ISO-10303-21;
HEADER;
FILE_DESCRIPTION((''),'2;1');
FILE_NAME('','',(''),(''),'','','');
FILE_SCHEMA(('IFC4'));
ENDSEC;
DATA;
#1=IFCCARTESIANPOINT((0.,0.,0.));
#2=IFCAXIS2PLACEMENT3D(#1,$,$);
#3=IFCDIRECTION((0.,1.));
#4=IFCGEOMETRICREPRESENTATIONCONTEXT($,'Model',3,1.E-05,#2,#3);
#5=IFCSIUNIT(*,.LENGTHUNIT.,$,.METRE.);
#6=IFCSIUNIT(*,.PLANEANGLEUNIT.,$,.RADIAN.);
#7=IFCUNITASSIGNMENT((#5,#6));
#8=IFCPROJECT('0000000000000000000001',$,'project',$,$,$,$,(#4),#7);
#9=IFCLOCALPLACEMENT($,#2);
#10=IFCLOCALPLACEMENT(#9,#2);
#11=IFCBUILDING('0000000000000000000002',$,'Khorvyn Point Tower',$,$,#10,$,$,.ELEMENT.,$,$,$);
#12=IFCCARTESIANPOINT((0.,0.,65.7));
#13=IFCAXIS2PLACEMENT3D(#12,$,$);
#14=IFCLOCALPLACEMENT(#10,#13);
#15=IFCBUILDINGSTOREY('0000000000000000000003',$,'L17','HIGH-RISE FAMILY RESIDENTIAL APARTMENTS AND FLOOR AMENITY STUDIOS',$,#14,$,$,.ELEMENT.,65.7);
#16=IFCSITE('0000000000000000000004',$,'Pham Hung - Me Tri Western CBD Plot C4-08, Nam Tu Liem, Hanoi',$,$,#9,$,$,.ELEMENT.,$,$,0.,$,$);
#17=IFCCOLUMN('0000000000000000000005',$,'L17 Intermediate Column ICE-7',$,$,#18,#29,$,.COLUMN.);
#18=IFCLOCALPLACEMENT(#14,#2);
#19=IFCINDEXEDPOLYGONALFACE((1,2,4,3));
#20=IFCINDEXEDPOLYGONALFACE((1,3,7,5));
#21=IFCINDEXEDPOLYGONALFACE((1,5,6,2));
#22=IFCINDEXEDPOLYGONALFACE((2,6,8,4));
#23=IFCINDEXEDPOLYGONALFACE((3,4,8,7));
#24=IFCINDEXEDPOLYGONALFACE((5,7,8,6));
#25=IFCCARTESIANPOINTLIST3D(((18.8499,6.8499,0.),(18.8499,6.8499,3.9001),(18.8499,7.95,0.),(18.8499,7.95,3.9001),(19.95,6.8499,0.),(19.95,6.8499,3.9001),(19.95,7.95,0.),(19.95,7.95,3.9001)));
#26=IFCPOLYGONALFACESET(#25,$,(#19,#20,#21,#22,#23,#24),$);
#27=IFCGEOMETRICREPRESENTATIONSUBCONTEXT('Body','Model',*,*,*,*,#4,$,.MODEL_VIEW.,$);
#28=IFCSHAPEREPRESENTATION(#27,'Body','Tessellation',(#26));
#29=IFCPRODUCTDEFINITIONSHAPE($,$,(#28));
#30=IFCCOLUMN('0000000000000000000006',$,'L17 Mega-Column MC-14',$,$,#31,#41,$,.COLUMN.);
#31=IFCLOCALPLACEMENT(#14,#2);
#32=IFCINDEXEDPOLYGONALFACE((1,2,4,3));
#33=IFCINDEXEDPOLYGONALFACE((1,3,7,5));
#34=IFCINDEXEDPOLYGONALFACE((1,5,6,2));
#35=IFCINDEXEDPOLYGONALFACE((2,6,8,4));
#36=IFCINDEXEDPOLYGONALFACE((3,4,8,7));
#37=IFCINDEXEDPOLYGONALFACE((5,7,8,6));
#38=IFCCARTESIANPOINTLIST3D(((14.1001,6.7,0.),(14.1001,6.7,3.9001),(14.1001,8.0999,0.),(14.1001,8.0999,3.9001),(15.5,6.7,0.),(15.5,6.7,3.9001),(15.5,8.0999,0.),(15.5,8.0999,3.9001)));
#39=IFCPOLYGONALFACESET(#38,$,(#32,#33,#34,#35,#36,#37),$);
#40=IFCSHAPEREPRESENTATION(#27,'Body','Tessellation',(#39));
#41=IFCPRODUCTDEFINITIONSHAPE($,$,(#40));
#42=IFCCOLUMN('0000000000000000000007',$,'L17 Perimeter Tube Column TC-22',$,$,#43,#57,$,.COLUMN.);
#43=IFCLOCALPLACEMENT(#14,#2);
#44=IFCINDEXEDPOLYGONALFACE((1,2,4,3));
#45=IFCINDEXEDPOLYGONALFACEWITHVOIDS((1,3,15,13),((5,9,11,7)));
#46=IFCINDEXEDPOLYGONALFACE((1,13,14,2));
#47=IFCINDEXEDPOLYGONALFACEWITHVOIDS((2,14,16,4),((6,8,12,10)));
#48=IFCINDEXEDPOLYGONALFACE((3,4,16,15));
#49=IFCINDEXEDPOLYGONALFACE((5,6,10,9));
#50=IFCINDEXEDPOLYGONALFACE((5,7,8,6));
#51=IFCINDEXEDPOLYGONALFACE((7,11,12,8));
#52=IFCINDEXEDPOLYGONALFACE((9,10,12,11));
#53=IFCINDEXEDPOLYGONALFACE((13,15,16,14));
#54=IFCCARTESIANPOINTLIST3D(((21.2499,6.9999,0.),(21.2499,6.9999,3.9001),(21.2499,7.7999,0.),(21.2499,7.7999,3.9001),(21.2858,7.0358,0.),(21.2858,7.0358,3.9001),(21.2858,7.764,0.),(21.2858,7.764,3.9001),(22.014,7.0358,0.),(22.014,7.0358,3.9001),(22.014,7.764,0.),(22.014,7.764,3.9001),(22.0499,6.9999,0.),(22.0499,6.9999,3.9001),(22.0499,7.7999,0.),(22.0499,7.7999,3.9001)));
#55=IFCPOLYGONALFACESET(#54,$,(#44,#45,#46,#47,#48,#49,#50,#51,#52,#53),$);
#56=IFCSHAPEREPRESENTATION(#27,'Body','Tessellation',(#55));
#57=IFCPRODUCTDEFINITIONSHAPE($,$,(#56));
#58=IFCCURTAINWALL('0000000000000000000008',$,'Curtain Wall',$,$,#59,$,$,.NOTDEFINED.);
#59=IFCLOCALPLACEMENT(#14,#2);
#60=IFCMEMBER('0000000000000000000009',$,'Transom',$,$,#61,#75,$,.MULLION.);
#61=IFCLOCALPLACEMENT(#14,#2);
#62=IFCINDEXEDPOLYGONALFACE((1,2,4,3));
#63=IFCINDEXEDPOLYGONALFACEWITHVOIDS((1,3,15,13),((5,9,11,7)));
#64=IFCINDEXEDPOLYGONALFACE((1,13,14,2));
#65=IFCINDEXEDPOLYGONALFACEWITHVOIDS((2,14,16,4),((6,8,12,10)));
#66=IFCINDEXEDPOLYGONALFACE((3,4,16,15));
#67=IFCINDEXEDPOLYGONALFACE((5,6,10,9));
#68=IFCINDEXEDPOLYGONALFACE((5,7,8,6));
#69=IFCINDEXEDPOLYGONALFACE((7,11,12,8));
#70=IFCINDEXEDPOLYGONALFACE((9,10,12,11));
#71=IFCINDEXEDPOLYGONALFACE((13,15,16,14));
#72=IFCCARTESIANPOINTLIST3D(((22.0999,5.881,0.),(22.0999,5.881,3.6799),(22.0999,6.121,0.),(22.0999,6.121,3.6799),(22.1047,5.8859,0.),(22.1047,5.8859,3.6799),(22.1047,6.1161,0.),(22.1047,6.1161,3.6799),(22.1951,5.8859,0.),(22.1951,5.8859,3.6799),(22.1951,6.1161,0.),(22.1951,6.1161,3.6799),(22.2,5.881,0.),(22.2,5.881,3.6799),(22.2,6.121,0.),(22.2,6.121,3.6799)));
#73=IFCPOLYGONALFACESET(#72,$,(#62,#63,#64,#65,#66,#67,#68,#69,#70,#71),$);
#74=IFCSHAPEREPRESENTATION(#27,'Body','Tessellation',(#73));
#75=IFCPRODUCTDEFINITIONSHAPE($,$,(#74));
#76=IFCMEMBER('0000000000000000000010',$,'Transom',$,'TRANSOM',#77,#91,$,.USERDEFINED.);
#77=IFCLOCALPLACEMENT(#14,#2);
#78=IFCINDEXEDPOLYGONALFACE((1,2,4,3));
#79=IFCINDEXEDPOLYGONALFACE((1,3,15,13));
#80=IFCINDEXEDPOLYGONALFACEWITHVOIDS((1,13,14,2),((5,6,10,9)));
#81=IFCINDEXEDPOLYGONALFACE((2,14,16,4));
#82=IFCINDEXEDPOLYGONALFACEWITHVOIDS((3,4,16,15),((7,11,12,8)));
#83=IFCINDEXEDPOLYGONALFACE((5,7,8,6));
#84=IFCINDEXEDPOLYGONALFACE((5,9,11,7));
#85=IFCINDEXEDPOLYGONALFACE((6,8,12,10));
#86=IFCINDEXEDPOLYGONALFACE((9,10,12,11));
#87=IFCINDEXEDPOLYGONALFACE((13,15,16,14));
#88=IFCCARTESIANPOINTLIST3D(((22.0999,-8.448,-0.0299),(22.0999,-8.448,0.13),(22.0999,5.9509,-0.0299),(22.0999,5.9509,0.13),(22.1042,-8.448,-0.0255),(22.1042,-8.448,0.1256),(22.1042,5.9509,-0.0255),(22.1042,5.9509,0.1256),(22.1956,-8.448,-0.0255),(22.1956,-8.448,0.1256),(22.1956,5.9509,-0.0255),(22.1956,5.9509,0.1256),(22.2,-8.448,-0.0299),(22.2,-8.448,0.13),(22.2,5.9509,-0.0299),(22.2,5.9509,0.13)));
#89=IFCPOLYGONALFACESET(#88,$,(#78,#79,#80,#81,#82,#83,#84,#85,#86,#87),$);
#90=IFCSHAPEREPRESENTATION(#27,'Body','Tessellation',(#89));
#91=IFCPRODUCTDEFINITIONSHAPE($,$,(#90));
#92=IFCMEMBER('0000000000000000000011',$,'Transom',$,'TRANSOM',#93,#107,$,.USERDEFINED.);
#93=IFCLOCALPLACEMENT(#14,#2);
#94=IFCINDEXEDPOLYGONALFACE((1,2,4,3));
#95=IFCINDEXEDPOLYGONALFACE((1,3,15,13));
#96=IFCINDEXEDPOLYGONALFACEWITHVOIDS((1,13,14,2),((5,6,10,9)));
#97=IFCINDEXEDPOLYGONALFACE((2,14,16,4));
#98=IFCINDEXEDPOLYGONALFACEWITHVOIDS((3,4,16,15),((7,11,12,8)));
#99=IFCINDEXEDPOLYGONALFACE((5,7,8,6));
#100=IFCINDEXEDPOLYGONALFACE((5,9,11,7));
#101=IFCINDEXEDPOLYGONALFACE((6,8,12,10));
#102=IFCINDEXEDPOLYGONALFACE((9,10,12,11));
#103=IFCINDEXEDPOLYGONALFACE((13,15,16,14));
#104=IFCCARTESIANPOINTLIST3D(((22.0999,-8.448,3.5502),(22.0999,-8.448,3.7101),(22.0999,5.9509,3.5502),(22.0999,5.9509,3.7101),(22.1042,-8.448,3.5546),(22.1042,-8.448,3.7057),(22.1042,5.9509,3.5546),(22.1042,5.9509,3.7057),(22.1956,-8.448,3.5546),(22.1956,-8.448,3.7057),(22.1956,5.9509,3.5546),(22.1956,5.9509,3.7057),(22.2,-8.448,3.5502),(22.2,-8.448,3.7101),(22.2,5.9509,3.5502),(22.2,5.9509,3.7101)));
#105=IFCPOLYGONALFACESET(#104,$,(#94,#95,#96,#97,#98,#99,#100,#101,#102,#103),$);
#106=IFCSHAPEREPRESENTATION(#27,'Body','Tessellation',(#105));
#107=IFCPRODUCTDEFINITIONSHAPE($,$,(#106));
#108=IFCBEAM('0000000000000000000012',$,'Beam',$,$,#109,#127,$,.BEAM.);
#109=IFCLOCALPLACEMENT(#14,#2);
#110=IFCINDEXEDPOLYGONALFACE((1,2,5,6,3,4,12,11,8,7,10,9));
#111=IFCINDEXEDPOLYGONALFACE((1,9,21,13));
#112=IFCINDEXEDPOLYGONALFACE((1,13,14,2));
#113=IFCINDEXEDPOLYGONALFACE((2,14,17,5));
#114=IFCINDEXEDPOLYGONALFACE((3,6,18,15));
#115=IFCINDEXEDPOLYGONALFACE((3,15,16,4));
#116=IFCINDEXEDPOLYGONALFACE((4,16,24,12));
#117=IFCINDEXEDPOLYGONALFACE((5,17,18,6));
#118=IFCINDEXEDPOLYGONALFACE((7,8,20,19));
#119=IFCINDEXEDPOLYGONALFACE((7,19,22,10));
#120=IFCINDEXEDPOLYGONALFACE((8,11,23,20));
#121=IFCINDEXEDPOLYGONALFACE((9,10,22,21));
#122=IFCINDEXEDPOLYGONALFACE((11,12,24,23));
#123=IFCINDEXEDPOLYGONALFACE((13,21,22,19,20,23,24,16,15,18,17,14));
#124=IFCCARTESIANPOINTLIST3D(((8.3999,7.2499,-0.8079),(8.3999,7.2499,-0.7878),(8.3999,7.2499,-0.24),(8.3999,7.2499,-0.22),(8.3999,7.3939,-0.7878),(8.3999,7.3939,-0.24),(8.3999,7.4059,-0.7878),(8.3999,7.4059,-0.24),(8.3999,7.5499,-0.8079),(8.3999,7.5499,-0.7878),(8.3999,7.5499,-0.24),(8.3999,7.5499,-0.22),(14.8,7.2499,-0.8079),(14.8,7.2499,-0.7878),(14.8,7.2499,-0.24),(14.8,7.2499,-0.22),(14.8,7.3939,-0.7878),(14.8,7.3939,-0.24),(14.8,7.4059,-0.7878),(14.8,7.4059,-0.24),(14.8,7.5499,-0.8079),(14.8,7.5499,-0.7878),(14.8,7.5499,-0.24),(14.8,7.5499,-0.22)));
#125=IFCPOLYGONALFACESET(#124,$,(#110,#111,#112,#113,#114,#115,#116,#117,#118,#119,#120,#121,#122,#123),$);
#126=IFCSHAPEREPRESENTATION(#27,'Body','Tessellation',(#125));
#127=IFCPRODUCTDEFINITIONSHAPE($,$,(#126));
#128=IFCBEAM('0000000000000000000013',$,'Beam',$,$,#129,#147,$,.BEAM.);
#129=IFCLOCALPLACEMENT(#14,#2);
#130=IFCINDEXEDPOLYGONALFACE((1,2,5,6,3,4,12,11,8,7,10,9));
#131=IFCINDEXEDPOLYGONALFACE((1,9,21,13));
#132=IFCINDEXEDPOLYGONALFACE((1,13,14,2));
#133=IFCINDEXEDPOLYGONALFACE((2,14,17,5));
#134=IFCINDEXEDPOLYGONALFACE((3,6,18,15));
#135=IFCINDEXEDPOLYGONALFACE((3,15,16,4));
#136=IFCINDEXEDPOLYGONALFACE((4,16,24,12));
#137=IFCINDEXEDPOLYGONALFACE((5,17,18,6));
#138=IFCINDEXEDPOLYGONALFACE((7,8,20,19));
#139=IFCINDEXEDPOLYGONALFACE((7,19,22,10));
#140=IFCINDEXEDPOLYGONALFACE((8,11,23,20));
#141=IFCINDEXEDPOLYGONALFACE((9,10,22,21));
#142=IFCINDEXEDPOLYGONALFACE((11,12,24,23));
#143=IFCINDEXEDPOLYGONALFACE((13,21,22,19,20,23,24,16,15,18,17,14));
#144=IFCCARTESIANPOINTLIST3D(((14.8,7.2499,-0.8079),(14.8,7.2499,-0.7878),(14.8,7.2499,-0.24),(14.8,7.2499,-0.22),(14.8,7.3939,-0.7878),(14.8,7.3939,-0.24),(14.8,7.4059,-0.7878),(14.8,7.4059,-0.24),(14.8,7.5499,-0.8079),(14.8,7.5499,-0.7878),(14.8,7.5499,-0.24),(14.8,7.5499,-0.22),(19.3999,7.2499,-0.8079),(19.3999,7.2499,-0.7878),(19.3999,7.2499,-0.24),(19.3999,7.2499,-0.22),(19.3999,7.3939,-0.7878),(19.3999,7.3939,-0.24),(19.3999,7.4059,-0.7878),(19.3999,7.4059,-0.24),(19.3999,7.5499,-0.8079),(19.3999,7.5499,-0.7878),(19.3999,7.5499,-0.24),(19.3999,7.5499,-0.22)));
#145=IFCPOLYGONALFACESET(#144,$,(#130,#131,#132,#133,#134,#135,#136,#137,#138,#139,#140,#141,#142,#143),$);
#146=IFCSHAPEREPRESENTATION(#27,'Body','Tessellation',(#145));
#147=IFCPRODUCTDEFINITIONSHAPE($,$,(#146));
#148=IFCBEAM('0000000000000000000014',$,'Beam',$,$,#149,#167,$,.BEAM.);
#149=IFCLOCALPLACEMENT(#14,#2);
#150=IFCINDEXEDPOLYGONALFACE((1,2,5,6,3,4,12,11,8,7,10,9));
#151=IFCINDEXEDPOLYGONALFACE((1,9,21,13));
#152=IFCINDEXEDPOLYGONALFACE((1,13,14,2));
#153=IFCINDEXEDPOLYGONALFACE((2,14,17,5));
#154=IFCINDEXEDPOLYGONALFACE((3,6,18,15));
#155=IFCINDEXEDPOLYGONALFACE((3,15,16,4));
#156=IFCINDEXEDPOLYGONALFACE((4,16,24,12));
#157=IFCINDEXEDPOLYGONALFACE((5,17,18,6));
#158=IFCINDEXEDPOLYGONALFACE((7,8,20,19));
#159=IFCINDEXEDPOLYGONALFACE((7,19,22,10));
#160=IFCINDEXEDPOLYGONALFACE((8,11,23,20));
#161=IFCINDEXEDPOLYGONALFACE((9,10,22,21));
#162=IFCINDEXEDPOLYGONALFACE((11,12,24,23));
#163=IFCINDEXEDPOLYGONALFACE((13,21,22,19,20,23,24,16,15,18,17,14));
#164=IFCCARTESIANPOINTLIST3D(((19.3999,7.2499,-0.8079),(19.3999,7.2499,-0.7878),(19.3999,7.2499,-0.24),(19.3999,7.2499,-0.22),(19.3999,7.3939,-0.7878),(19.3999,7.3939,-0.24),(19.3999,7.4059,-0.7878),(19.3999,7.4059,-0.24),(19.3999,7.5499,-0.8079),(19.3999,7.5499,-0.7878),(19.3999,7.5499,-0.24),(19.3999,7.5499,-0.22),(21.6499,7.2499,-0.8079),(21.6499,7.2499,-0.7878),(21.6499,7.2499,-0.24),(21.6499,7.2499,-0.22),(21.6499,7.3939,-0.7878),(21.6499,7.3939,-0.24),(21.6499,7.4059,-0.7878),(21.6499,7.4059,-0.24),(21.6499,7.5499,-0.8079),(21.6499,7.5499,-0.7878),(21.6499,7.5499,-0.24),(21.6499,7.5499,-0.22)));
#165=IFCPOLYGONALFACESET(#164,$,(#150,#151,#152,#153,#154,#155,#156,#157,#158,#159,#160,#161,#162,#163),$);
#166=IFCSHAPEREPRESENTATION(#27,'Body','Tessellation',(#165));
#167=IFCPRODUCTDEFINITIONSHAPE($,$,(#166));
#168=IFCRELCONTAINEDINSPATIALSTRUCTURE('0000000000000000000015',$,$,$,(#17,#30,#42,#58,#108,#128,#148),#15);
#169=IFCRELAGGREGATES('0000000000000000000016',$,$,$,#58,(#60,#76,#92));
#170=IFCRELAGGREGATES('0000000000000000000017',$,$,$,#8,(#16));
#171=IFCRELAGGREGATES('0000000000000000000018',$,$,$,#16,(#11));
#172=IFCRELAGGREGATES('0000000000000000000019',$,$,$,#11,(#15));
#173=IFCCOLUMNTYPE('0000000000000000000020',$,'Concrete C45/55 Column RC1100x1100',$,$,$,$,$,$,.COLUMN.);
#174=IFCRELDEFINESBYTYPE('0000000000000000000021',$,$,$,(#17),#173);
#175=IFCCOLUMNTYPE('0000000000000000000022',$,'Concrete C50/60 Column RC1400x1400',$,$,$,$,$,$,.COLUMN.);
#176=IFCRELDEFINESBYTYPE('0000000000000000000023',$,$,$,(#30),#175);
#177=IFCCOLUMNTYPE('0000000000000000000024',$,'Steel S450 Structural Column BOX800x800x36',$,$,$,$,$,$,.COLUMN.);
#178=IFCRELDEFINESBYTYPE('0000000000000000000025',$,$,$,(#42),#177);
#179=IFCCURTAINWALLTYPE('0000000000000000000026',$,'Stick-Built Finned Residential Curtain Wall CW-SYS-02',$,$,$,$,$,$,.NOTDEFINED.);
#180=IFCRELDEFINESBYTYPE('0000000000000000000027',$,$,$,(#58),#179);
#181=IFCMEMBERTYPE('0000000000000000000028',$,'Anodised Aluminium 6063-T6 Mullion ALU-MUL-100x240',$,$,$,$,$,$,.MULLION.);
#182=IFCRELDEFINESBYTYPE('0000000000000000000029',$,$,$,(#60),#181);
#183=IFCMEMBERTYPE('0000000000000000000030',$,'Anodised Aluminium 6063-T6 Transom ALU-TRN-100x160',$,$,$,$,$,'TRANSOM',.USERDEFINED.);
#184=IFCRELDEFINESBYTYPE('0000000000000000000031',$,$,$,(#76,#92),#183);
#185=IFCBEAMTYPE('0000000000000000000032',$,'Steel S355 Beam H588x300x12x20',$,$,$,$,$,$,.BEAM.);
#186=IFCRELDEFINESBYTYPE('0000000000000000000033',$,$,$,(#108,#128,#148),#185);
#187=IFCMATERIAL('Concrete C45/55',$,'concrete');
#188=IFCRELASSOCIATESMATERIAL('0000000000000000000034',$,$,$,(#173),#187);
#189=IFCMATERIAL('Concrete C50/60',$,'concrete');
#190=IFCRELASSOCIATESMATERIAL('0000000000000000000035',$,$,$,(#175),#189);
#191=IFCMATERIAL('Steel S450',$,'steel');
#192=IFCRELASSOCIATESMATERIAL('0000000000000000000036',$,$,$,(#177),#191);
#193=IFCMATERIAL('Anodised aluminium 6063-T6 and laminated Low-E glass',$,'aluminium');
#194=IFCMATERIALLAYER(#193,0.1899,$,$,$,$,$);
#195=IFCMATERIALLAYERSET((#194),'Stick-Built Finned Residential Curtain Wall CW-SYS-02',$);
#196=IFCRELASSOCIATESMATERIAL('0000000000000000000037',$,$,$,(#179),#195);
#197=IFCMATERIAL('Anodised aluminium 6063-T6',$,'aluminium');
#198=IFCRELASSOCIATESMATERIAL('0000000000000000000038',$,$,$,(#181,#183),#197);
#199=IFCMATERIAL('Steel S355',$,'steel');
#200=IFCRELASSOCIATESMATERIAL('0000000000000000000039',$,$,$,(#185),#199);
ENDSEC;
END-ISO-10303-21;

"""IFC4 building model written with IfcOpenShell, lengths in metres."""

from ifc_helpers import new_model, si_unit, direction, frame, origin, origin_2d, place, context, subcontext, project, spatial, rectangle, hollow_rectangle, i_section, extrude, material, layer, layer_set, material_profile, profile_set, type_object, element, aggregate, save


model = new_model("IFC4")

# Units and contexts
model_context = context("Model", 3, precision=1e-05, world=origin(), true_north=direction((0.0, 1.0)))
body_context = subcontext(model_context, "Body", "Model", "MODEL_VIEW")
ifc_project = project(units=[si_unit("LENGTHUNIT", "METRE"), si_unit("PLANEANGLEUNIT", "RADIAN")], contexts=[model_context])

# Site, building, storey
site_placement = place(None, origin())
site = spatial("IfcSite", under=ifc_project, at=site_placement, Name="Pham Hung - Me Tri Western CBD Plot C4-08, Nam Tu Liem, Hanoi", CompositionType="ELEMENT", RefElevation=0.0)
building_placement = place(site_placement, origin())
building = spatial("IfcBuilding", under=site, at=building_placement, Name="Khorvyn Point Tower", CompositionType="ELEMENT")
storey_placement = place(building_placement, frame((0.0, 0.0, 65.7)))
storey = spatial("IfcBuildingStorey", under=building, at=storey_placement, Name="L17", Description="HIGH-RISE FAMILY RESIDENTIAL APARTMENTS AND FLOOR AMENITY STUDIOS", CompositionType="ELEMENT", Elevation=65.7)

# Columns
ifc_material_1 = material(Name="Concrete C45/55", Category="concrete")
ifc_material_profile_1 = material_profile(ifc_material_1, rectangle(XDim=1.1001, YDim=1.1001, at=origin_2d()))
ifc_profile_set_1 = profile_set([ifc_material_profile_1], Name="Concrete C45/55 RC1100x1100")
column_type_1 = type_object("IfcColumnType", Name="Concrete C45/55 Column RC1100x1100", PredefinedType="COLUMN", material=ifc_profile_set_1)
column_1_placement = place(storey_placement, frame((19.3999, 7.3999, 0.0), z_axis=(0.0, 0.0, 1.0), x_axis=(1.0, 0.0, 0.0)))
element("IfcColumn", 1, at=column_1_placement, inside=storey, type_object=column_type_1, Name="L17 Intermediate Column ICE-7", PredefinedType="COLUMN", context=body_context, shape_type="SweptSolid", body=[
    extrude(rectangle(XDim=1.1001, YDim=1.1001, at=origin_2d()), origin(), (0.0, 0.0, 1.0), 3.9001),
])
ifc_material_2 = material(Name="Concrete C50/60", Category="concrete")
ifc_material_profile_2 = material_profile(ifc_material_2, rectangle(XDim=1.3999, YDim=1.3999, at=origin_2d()))
ifc_profile_set_2 = profile_set([ifc_material_profile_2], Name="Concrete C50/60 RC1400x1400")
column_type_2 = type_object("IfcColumnType", Name="Concrete C50/60 Column RC1400x1400", PredefinedType="COLUMN", material=ifc_profile_set_2)
column_2_placement = place(storey_placement, frame((14.8, 7.3999, 0.0), z_axis=(0.0, 0.0, 1.0), x_axis=(1.0, 0.0, 0.0)))
element("IfcColumn", 2, at=column_2_placement, inside=storey, type_object=column_type_2, Name="L17 Mega-Column MC-14", PredefinedType="COLUMN", context=body_context, shape_type="SweptSolid", body=[
    extrude(rectangle(XDim=1.3999, YDim=1.3999, at=origin_2d()), origin(), (0.0, 0.0, 1.0), 3.9001),
])
ifc_material_3 = material(Name="Steel S450", Category="steel")
ifc_material_profile_3 = material_profile(ifc_material_3, hollow_rectangle(XDim=0.8, YDim=0.8, WallThickness=0.0359, at=origin_2d()))
ifc_profile_set_3 = profile_set([ifc_material_profile_3], Name="Steel S450 BOX800x800x36")
column_type_3 = type_object("IfcColumnType", Name="Steel S450 Structural Column BOX800x800x36", PredefinedType="COLUMN", material=ifc_profile_set_3)
column_3_placement = place(storey_placement, frame((21.6499, 7.3999, 0.0), z_axis=(0.0, 0.0, 1.0), x_axis=(1.0, 0.0, 0.0)))
element("IfcColumn", 3, at=column_3_placement, inside=storey, type_object=column_type_3, Name="L17 Perimeter Tube Column TC-22", PredefinedType="COLUMN", context=body_context, shape_type="SweptSolid", body=[
    extrude(hollow_rectangle(XDim=0.8, YDim=0.8, WallThickness=0.0359, at=origin_2d()), origin(), (0.0, 0.0, 1.0), 3.9001),
])

# Curtain wall, members
ifc_material_4 = material(Name="Anodised aluminium 6063-T6 and laminated Low-E glass", Category="aluminium")
ifc_layer_1 = layer(ifc_material_4, 0.1899)
ifc_layer_set_1 = layer_set([ifc_layer_1], Name="Stick-Built Finned Residential Curtain Wall CW-SYS-02")
curtain_wall_type = type_object("IfcCurtainWallType", Name="Stick-Built Finned Residential Curtain Wall CW-SYS-02", PredefinedType="NOTDEFINED", material=ifc_layer_set_1)
curtain_wall_placement = place(storey_placement, origin())
curtain_wall = element("IfcCurtainWall", 4, at=curtain_wall_placement, inside=storey, type_object=curtain_wall_type, Name="Curtain Wall", PredefinedType="NOTDEFINED")
ifc_material_5 = material(Name="Anodised aluminium 6063-T6", Category="aluminium")
ifc_material_profile_4 = material_profile(ifc_material_5, hollow_rectangle(XDim=0.1001, YDim=0.24, WallThickness=0.0049, at=origin_2d()))
ifc_profile_set_4 = profile_set([ifc_material_profile_4], Name="Anodised aluminium 6063-T6 ALU-MUL-100x240")
member_type_1 = type_object("IfcMemberType", Name="Anodised Aluminium 6063-T6 Mullion ALU-MUL-100x240", PredefinedType="MULLION", material=ifc_profile_set_4)
member_1_placement = place(storey_placement, frame((22.1499, 6.001, 0.0), z_axis=(0.0, 0.0, 1.0), x_axis=(1.0, 0.0, 0.0)))
member_1 = element("IfcMember", 5, at=member_1_placement, type_object=member_type_1, Name="Transom", PredefinedType="MULLION", context=body_context, shape_type="SweptSolid", body=[
    extrude(hollow_rectangle(XDim=0.1001, YDim=0.24, WallThickness=0.0049, at=origin_2d()), origin(), (0.0, 0.0, 1.0), 3.6799),
])
ifc_material_profile_5 = material_profile(ifc_material_5, hollow_rectangle(XDim=0.1001, YDim=0.1599, WallThickness=0.0044, at=origin_2d()))
ifc_profile_set_5 = profile_set([ifc_material_profile_5], Name="Anodised aluminium 6063-T6 ALU-TRN-100x160")
member_type_2 = type_object("IfcMemberType", Name="Anodised Aluminium 6063-T6 Transom ALU-TRN-100x160", ElementType="TRANSOM", PredefinedType="USERDEFINED", material=ifc_profile_set_5)
member_2_placement = place(storey_placement, frame((22.1499, 5.9509, 0.05), z_axis=(0.0, -1.0, 0.0), x_axis=(1.0, 0.0, 0.0)))
member_2 = element("IfcMember", 6, at=member_2_placement, type_object=member_type_2, Name="Transom", ObjectType="TRANSOM", PredefinedType="USERDEFINED", context=body_context, shape_type="SweptSolid", body=[
    extrude(hollow_rectangle(XDim=0.1001, YDim=0.1599, WallThickness=0.0044, at=origin_2d()), origin(), (0.0, 0.0, 1.0), 14.3989),
])
member_3_placement = place(storey_placement, frame((22.1499, 5.9509, 3.6301), z_axis=(0.0, -1.0, 0.0), x_axis=(1.0, 0.0, 0.0)))
member_3 = element("IfcMember", 7, at=member_3_placement, type_object=member_type_2, Name="Transom", ObjectType="TRANSOM", PredefinedType="USERDEFINED", context=body_context, shape_type="SweptSolid", body=[
    extrude(hollow_rectangle(XDim=0.1001, YDim=0.1599, WallThickness=0.0044, at=origin_2d()), origin(), (0.0, 0.0, 1.0), 14.3989),
])

# Beams
ifc_material_6 = material(Name="Steel S355", Category="steel")
ifc_material_profile_6 = material_profile(ifc_material_6, i_section(OverallWidth=0.3, OverallDepth=0.5879, WebThickness=0.012, FlangeThickness=0.02, at=origin_2d()))
ifc_profile_set_6 = profile_set([ifc_material_profile_6], Name="Steel S355 H588x300x12x20")
beam_type_1 = type_object("IfcBeamType", Name="Steel S355 Beam H588x300x12x20", PredefinedType="BEAM", material=ifc_profile_set_6)
beam_1_placement = place(storey_placement, frame((8.3999, 7.3999, -0.5139), z_axis=(1.0, 0.0, 0.0), x_axis=(0.0, 1.0, 0.0)))
element("IfcBeam", 8, at=beam_1_placement, inside=storey, type_object=beam_type_1, Name="Beam", PredefinedType="BEAM", context=body_context, shape_type="SweptSolid", body=[
    extrude(i_section(OverallWidth=0.3, OverallDepth=0.5879, WebThickness=0.012, FlangeThickness=0.02, at=origin_2d()), origin(), (0.0, 0.0, 1.0), 6.4001),
])
beam_2_placement = place(storey_placement, frame((14.8, 7.3999, -0.5139), z_axis=(1.0, 0.0, 0.0), x_axis=(0.0, 1.0, 0.0)))
element("IfcBeam", 9, at=beam_2_placement, inside=storey, type_object=beam_type_1, Name="Beam", PredefinedType="BEAM", context=body_context, shape_type="SweptSolid", body=[
    extrude(i_section(OverallWidth=0.3, OverallDepth=0.5879, WebThickness=0.012, FlangeThickness=0.02, at=origin_2d()), origin(), (0.0, 0.0, 1.0), 4.5999),
])
beam_3_placement = place(storey_placement, frame((19.3999, 7.3999, -0.5139), z_axis=(1.0, 0.0, 0.0), x_axis=(0.0, 1.0, 0.0)))
element("IfcBeam", 10, at=beam_3_placement, inside=storey, type_object=beam_type_1, Name="Beam", PredefinedType="BEAM", context=body_context, shape_type="SweptSolid", body=[
    extrude(i_section(OverallWidth=0.3, OverallDepth=0.5879, WebThickness=0.012, FlangeThickness=0.02, at=origin_2d()), origin(), (0.0, 0.0, 1.0), 2.25),
])

aggregate(curtain_wall, [member_1, member_2, member_3])

save(model, "model.ifc")
